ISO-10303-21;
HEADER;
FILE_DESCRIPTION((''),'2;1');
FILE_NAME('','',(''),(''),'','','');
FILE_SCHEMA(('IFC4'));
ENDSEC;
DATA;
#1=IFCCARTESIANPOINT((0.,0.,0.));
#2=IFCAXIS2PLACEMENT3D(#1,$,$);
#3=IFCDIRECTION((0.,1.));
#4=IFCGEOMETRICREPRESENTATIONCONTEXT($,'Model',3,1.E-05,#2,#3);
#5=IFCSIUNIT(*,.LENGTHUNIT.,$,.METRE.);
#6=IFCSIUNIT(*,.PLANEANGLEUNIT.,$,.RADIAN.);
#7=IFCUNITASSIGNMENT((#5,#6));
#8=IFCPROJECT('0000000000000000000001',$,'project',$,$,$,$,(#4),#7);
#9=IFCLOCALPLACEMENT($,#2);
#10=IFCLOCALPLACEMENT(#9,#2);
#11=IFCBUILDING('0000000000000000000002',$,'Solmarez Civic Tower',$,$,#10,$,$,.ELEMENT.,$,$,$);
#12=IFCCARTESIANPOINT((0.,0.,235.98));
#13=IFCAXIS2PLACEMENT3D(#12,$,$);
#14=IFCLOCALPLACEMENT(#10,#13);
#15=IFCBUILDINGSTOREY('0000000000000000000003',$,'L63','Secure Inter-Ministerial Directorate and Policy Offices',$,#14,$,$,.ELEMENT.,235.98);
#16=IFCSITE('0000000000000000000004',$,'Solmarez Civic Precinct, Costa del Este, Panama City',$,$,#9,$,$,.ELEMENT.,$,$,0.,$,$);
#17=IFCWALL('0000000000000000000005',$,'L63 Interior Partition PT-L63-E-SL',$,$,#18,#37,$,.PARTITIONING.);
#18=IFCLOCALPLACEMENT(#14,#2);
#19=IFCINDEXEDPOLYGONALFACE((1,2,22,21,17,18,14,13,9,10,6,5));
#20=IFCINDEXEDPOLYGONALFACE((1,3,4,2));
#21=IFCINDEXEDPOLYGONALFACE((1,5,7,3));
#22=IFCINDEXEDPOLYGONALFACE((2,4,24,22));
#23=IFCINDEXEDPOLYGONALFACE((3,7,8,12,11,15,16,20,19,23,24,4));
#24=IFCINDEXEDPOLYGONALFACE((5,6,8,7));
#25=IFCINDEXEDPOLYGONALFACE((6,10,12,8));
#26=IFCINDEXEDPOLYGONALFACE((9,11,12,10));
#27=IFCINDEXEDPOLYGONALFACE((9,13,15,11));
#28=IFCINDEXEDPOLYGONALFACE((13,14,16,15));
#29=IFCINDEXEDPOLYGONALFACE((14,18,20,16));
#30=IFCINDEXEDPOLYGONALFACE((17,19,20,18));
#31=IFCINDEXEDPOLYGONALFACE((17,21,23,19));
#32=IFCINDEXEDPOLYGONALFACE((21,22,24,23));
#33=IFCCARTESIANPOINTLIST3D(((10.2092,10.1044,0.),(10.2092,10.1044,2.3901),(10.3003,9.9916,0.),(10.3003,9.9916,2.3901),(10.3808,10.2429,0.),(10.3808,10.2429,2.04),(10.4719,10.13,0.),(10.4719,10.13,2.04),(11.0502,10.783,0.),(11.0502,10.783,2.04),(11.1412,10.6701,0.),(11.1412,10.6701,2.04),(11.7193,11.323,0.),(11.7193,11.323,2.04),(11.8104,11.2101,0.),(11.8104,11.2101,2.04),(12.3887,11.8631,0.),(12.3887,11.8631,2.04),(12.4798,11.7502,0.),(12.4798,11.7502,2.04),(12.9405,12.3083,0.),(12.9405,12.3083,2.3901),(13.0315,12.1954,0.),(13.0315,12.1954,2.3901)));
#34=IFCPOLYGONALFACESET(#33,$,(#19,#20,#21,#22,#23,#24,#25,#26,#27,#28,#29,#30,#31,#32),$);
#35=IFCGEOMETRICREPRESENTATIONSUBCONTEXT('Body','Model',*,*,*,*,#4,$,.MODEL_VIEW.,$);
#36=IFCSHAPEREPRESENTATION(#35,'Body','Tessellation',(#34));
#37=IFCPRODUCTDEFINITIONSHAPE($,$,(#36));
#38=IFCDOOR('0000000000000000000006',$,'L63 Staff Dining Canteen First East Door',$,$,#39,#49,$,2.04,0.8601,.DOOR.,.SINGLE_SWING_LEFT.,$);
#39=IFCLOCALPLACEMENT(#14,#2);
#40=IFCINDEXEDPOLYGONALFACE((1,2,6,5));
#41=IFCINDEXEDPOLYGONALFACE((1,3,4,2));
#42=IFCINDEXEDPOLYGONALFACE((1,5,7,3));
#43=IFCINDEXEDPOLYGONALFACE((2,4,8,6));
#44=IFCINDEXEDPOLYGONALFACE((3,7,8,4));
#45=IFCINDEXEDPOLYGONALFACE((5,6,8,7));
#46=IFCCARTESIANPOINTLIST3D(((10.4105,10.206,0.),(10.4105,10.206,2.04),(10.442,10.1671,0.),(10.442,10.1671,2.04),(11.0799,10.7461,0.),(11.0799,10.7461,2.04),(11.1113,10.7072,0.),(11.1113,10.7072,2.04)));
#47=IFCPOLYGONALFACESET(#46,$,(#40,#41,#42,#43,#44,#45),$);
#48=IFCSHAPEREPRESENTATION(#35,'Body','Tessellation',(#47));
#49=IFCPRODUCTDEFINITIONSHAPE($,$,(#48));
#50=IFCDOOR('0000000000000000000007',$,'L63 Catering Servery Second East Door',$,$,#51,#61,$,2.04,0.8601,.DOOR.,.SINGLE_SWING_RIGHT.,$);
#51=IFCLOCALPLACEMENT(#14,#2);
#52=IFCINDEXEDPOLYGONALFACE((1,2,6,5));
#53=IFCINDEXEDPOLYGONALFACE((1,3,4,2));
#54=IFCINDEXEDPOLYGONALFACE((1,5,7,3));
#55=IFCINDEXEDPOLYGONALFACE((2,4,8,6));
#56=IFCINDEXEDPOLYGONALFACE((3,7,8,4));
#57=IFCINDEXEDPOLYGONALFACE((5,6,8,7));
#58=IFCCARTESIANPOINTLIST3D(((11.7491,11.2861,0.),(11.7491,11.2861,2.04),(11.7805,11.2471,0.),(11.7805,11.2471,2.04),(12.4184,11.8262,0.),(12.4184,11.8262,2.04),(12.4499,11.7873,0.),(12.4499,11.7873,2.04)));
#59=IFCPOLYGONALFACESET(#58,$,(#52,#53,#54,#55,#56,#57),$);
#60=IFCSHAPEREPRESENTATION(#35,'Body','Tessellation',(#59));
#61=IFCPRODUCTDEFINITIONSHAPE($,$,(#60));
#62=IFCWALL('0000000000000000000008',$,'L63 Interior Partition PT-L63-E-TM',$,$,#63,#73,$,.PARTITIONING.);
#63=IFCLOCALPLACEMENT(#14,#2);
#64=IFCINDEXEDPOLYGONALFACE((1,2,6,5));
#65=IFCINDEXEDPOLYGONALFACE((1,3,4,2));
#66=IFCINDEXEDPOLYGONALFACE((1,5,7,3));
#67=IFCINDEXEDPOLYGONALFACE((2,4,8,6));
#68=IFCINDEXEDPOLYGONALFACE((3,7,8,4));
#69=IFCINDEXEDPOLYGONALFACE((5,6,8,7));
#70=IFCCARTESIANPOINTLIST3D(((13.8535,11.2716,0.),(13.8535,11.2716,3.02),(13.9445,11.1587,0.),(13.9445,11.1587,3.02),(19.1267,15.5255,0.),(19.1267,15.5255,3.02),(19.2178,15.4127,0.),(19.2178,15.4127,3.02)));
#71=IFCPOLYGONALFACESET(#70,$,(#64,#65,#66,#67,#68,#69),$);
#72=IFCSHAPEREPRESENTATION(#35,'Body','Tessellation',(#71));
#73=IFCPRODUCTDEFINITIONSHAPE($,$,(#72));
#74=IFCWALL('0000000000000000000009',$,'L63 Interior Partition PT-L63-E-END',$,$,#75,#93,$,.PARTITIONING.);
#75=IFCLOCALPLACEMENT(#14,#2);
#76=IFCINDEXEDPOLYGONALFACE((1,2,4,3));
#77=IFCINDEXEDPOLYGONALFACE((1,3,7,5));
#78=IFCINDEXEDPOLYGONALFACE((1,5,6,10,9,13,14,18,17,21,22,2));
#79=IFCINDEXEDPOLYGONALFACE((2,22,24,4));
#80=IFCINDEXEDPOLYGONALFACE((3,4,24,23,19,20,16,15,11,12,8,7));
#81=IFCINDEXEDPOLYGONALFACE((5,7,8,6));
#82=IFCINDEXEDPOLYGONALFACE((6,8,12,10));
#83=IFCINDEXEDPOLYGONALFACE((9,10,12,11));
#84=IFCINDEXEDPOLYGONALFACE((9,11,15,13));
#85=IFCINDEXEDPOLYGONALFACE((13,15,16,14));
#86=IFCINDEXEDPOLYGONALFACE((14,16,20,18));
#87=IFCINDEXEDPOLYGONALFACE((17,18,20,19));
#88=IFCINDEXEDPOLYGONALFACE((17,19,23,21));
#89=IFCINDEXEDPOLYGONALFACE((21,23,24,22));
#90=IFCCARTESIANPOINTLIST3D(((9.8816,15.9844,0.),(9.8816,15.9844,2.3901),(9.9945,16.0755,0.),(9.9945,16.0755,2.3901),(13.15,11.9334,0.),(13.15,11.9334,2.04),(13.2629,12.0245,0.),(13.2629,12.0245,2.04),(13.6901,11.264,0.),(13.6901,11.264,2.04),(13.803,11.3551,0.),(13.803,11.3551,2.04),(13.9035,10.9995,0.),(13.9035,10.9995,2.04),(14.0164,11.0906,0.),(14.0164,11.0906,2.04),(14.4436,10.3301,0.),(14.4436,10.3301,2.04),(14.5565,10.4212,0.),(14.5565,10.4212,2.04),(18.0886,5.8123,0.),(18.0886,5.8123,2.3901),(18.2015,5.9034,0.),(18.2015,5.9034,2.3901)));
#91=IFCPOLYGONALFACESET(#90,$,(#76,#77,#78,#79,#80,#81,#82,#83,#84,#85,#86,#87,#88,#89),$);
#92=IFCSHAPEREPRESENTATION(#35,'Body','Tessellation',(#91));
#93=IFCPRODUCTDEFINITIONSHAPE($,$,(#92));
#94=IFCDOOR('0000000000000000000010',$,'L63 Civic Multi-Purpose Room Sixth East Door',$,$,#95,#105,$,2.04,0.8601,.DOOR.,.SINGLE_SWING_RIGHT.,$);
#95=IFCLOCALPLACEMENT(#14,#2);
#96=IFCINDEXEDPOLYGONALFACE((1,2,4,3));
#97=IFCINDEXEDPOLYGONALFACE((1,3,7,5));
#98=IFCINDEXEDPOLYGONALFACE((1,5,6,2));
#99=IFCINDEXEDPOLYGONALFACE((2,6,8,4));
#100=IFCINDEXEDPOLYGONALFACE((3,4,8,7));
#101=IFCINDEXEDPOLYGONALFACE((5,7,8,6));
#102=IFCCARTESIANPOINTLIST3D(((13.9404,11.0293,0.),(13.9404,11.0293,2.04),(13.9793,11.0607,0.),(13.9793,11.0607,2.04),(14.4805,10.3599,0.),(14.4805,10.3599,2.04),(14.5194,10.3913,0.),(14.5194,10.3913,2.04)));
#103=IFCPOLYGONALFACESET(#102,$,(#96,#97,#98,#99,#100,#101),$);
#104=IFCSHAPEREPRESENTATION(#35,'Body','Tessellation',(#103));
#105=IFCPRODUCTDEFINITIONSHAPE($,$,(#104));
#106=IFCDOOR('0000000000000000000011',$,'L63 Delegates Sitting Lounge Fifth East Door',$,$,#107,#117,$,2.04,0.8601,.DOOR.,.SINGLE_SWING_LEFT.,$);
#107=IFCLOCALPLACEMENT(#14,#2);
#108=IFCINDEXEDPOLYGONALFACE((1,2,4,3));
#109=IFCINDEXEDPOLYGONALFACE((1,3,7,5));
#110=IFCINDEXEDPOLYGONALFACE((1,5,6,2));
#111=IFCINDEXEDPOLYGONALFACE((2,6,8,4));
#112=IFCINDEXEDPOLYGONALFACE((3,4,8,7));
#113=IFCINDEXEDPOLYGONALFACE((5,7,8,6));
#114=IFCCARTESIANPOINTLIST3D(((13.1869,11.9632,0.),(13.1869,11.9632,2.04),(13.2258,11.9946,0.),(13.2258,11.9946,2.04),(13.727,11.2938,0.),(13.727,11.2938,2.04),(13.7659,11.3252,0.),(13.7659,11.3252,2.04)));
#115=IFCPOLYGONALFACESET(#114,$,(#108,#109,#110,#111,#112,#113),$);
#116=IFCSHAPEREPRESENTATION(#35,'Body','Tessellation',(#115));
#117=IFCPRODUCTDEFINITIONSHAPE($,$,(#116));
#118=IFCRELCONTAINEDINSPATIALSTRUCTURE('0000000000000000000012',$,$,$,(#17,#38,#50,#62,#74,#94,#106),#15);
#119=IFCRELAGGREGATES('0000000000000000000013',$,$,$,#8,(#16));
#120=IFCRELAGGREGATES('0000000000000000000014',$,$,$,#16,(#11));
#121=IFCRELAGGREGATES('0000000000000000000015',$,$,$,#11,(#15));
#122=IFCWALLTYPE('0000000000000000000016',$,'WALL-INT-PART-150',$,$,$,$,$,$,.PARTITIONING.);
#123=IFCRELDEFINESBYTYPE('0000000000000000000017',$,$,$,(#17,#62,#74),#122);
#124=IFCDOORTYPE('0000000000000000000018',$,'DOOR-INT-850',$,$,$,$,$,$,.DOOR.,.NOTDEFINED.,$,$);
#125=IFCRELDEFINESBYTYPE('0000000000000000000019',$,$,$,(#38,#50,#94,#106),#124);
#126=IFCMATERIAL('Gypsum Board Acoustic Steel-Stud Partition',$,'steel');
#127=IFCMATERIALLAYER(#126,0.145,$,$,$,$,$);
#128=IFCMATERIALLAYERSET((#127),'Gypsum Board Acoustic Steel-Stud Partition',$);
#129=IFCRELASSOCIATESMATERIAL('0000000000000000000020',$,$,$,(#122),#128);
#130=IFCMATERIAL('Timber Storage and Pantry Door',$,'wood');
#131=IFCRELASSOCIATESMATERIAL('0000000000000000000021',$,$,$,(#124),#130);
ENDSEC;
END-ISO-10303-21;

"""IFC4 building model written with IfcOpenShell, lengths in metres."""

from ifc_helpers import new_model, si_unit, direction, frame, frame_2d, origin, place, context, subcontext, project, spatial, rectangle, extrude, material, layer, layer_set, type_object, element, fill, save


model = new_model("IFC4")

# Units and contexts
model_context = context("Model", 3, precision=1e-05, world=origin(), true_north=direction((0.0, 1.0)))
body_context = subcontext(model_context, "Body", "Model", "MODEL_VIEW")
ifc_project = project(units=[si_unit("LENGTHUNIT", "METRE"), si_unit("PLANEANGLEUNIT", "RADIAN")], contexts=[model_context])

# Site, building, storey
site_placement = place(None, origin())
site = spatial("IfcSite", under=ifc_project, at=site_placement, Name="Solmarez Civic Precinct, Costa del Este, Panama City", CompositionType="ELEMENT", RefElevation=0.0)
building_placement = place(site_placement, origin())
building = spatial("IfcBuilding", under=site, at=building_placement, Name="Solmarez Civic Tower", CompositionType="ELEMENT")
storey_placement = place(building_placement, frame((0.0, 0.0, 235.98)))
storey = spatial("IfcBuildingStorey", under=building, at=storey_placement, Name="L63", Description="Secure Inter-Ministerial Directorate and Policy Offices", CompositionType="ELEMENT", Elevation=235.98)

# Shared definitions
ifc_material_1 = material(Name="Gypsum Board Acoustic Steel-Stud Partition", Category="steel")
ifc_layer_1 = layer(ifc_material_1, 0.145)
ifc_layer_set_1 = layer_set([ifc_layer_1], Name="Gypsum Board Acoustic Steel-Stud Partition")
wall_type_1 = type_object("IfcWallType", Name="WALL-INT-PART-150", PredefinedType="PARTITIONING", material=ifc_layer_set_1)

# Wall, openings, doors
wall_1_placement = place(storey_placement, frame((12.9861, 12.252, 0.0), z_axis=(0.0, 0.0, 1.0), x_axis=(-0.778235, -0.627973, 0.0)))
wall_1 = element("IfcWall", 1, at=wall_1_placement, inside=storey, type_object=wall_type_1, Name="L63 Interior Partition PT-L63-E-SL", PredefinedType="PARTITIONING", context=body_context, shape_type="SweptSolid", body=[
    extrude(rectangle(XDim=3.5095, YDim=0.145, at=frame_2d((1.7549, 0.0))), origin(), (0.0, 0.0, 1.0), 2.3901),
])
opening_1_placement = place(wall_1_placement, frame((2.429, 0.0, 0.0)))
opening_1 = element("IfcOpeningElement", 2, at=opening_1_placement, cuts=wall_1, PredefinedType="OPENING", context=body_context, shape_type="SweptSolid", body=[
    extrude(rectangle(XDim=0.8601, YDim=2.04, at=frame_2d((0.4302, 1.02))), frame((0.0, 0.0825, 0.0), z_axis=(0.0, -1.0, 0.0), x_axis=(1.0, 0.0, 0.0)), (0.0, 0.0, 1.0), 0.165),
])
opening_2_placement = place(wall_1_placement, frame((0.709, 0.0, 0.0)))
opening_2 = element("IfcOpeningElement", 3, at=opening_2_placement, cuts=wall_1, PredefinedType="OPENING", context=body_context, shape_type="SweptSolid", body=[
    extrude(rectangle(XDim=0.8601, YDim=2.04, at=frame_2d((0.4302, 1.02))), frame((0.0, 0.0825, 0.0), z_axis=(0.0, -1.0, 0.0), x_axis=(1.0, 0.0, 0.0)), (0.0, 0.0, 1.0), 0.165),
])
ifc_material_2 = material(Name="Timber Storage and Pantry Door", Category="wood")
door_type = type_object("IfcDoorType", Name="DOOR-INT-850", OperationType="NOTDEFINED", PredefinedType="DOOR", material=ifc_material_2)
door_1_placement = place(opening_1_placement, origin())
door_1 = element("IfcDoor", 4, at=door_1_placement, inside=storey, type_object=door_type, Name="L63 Staff Dining Canteen First East Door", OperationType="SINGLE_SWING_LEFT", OverallHeight=2.04, OverallWidth=0.8601, PredefinedType="DOOR", context=body_context, shape_type="SweptSolid", body=[
    extrude(rectangle(XDim=0.8601, YDim=2.04, at=frame_2d((0.4302, 1.02))), frame((0.0, 0.0249, 0.0), z_axis=(0.0, -1.0, 0.0), x_axis=(1.0, 0.0, 0.0)), (0.0, 0.0, 1.0), 0.05),
])
fill(opening_1, door_1)
door_2_placement = place(opening_2_placement, origin())
door_2 = element("IfcDoor", 5, at=door_2_placement, inside=storey, type_object=door_type, Name="L63 Catering Servery Second East Door", OperationType="SINGLE_SWING_RIGHT", OverallHeight=2.04, OverallWidth=0.8601, PredefinedType="DOOR", context=body_context, shape_type="SweptSolid", body=[
    extrude(rectangle(XDim=0.8601, YDim=2.04, at=frame_2d((0.4302, 1.02))), frame((0.0, 0.0249, 0.0), z_axis=(0.0, -1.0, 0.0), x_axis=(1.0, 0.0, 0.0)), (0.0, 0.0, 1.0), 0.05),
])
fill(opening_2, door_2)

# Wall
wall_2_placement = place(storey_placement, frame((13.8989, 11.2151, 0.0), z_axis=(0.0, 0.0, 1.0), x_axis=(0.778317, 0.627871, 0.0)))
element("IfcWall", 6, at=wall_2_placement, inside=storey, type_object=wall_type_1, Name="L63 Interior Partition PT-L63-E-TM", PredefinedType="PARTITIONING", context=body_context, shape_type="SweptSolid", body=[
    extrude(rectangle(XDim=6.7751, YDim=0.145, at=frame_2d((3.3877, 0.0))), origin(), (0.0, 0.0, 1.0), 3.02),
])

# Wall, openings, doors
wall_3_placement = place(storey_placement, frame((9.938, 16.03, 0.0), z_axis=(0.0, 0.0, 1.0), x_axis=(0.627924, -0.778274, 0.0)))
wall_3 = element("IfcWall", 7, at=wall_3_placement, inside=storey, type_object=wall_type_1, Name="L63 Interior Partition PT-L63-E-END", PredefinedType="PARTITIONING", context=body_context, shape_type="SweptSolid", body=[
    extrude(rectangle(XDim=13.0701, YDim=0.145, at=frame_2d((6.5352, 0.0))), origin(), (0.0, 0.0, 1.0), 2.3901),
])
opening_3_placement = place(wall_3_placement, frame((6.405, 0.0, 0.0)))
opening_3 = element("IfcOpeningElement", 8, at=opening_3_placement, cuts=wall_3, PredefinedType="OPENING", context=body_context, shape_type="SweptSolid", body=[
    extrude(rectangle(XDim=0.8601, YDim=2.04, at=frame_2d((0.4302, 1.02))), frame((0.0, 0.0825, 0.0), z_axis=(0.0, -1.0, 0.0), x_axis=(1.0, 0.0, 0.0)), (0.0, 0.0, 1.0), 0.165),
])
opening_4_placement = place(wall_3_placement, frame((5.2051, 0.0, 0.0)))
opening_4 = element("IfcOpeningElement", 9, at=opening_4_placement, cuts=wall_3, PredefinedType="OPENING", context=body_context, shape_type="SweptSolid", body=[
    extrude(rectangle(XDim=0.8601, YDim=2.04, at=frame_2d((0.4302, 1.02))), frame((0.0, 0.0825, 0.0), z_axis=(0.0, -1.0, 0.0), x_axis=(1.0, 0.0, 0.0)), (0.0, 0.0, 1.0), 0.165),
])
door_3_placement = place(opening_3_placement, origin())
door_3 = element("IfcDoor", 10, at=door_3_placement, inside=storey, type_object=door_type, Name="L63 Civic Multi-Purpose Room Sixth East Door", OperationType="SINGLE_SWING_RIGHT", OverallHeight=2.04, OverallWidth=0.8601, PredefinedType="DOOR", context=body_context, shape_type="SweptSolid", body=[
    extrude(rectangle(XDim=0.8601, YDim=2.04, at=frame_2d((0.4302, 1.02))), frame((0.0, 0.0249, 0.0), z_axis=(0.0, -1.0, 0.0), x_axis=(1.0, 0.0, 0.0)), (0.0, 0.0, 1.0), 0.05),
])
fill(opening_3, door_3)
door_4_placement = place(opening_4_placement, origin())
door_4 = element("IfcDoor", 11, at=door_4_placement, inside=storey, type_object=door_type, Name="L63 Delegates Sitting Lounge Fifth East Door", OperationType="SINGLE_SWING_LEFT", OverallHeight=2.04, OverallWidth=0.8601, PredefinedType="DOOR", context=body_context, shape_type="SweptSolid", body=[
    extrude(rectangle(XDim=0.8601, YDim=2.04, at=frame_2d((0.4302, 1.02))), frame((0.0, 0.0249, 0.0), z_axis=(0.0, -1.0, 0.0), x_axis=(1.0, 0.0, 0.0)), (0.0, 0.0, 1.0), 0.05),
])
fill(opening_4, door_4)

save(model, "model.ifc")
